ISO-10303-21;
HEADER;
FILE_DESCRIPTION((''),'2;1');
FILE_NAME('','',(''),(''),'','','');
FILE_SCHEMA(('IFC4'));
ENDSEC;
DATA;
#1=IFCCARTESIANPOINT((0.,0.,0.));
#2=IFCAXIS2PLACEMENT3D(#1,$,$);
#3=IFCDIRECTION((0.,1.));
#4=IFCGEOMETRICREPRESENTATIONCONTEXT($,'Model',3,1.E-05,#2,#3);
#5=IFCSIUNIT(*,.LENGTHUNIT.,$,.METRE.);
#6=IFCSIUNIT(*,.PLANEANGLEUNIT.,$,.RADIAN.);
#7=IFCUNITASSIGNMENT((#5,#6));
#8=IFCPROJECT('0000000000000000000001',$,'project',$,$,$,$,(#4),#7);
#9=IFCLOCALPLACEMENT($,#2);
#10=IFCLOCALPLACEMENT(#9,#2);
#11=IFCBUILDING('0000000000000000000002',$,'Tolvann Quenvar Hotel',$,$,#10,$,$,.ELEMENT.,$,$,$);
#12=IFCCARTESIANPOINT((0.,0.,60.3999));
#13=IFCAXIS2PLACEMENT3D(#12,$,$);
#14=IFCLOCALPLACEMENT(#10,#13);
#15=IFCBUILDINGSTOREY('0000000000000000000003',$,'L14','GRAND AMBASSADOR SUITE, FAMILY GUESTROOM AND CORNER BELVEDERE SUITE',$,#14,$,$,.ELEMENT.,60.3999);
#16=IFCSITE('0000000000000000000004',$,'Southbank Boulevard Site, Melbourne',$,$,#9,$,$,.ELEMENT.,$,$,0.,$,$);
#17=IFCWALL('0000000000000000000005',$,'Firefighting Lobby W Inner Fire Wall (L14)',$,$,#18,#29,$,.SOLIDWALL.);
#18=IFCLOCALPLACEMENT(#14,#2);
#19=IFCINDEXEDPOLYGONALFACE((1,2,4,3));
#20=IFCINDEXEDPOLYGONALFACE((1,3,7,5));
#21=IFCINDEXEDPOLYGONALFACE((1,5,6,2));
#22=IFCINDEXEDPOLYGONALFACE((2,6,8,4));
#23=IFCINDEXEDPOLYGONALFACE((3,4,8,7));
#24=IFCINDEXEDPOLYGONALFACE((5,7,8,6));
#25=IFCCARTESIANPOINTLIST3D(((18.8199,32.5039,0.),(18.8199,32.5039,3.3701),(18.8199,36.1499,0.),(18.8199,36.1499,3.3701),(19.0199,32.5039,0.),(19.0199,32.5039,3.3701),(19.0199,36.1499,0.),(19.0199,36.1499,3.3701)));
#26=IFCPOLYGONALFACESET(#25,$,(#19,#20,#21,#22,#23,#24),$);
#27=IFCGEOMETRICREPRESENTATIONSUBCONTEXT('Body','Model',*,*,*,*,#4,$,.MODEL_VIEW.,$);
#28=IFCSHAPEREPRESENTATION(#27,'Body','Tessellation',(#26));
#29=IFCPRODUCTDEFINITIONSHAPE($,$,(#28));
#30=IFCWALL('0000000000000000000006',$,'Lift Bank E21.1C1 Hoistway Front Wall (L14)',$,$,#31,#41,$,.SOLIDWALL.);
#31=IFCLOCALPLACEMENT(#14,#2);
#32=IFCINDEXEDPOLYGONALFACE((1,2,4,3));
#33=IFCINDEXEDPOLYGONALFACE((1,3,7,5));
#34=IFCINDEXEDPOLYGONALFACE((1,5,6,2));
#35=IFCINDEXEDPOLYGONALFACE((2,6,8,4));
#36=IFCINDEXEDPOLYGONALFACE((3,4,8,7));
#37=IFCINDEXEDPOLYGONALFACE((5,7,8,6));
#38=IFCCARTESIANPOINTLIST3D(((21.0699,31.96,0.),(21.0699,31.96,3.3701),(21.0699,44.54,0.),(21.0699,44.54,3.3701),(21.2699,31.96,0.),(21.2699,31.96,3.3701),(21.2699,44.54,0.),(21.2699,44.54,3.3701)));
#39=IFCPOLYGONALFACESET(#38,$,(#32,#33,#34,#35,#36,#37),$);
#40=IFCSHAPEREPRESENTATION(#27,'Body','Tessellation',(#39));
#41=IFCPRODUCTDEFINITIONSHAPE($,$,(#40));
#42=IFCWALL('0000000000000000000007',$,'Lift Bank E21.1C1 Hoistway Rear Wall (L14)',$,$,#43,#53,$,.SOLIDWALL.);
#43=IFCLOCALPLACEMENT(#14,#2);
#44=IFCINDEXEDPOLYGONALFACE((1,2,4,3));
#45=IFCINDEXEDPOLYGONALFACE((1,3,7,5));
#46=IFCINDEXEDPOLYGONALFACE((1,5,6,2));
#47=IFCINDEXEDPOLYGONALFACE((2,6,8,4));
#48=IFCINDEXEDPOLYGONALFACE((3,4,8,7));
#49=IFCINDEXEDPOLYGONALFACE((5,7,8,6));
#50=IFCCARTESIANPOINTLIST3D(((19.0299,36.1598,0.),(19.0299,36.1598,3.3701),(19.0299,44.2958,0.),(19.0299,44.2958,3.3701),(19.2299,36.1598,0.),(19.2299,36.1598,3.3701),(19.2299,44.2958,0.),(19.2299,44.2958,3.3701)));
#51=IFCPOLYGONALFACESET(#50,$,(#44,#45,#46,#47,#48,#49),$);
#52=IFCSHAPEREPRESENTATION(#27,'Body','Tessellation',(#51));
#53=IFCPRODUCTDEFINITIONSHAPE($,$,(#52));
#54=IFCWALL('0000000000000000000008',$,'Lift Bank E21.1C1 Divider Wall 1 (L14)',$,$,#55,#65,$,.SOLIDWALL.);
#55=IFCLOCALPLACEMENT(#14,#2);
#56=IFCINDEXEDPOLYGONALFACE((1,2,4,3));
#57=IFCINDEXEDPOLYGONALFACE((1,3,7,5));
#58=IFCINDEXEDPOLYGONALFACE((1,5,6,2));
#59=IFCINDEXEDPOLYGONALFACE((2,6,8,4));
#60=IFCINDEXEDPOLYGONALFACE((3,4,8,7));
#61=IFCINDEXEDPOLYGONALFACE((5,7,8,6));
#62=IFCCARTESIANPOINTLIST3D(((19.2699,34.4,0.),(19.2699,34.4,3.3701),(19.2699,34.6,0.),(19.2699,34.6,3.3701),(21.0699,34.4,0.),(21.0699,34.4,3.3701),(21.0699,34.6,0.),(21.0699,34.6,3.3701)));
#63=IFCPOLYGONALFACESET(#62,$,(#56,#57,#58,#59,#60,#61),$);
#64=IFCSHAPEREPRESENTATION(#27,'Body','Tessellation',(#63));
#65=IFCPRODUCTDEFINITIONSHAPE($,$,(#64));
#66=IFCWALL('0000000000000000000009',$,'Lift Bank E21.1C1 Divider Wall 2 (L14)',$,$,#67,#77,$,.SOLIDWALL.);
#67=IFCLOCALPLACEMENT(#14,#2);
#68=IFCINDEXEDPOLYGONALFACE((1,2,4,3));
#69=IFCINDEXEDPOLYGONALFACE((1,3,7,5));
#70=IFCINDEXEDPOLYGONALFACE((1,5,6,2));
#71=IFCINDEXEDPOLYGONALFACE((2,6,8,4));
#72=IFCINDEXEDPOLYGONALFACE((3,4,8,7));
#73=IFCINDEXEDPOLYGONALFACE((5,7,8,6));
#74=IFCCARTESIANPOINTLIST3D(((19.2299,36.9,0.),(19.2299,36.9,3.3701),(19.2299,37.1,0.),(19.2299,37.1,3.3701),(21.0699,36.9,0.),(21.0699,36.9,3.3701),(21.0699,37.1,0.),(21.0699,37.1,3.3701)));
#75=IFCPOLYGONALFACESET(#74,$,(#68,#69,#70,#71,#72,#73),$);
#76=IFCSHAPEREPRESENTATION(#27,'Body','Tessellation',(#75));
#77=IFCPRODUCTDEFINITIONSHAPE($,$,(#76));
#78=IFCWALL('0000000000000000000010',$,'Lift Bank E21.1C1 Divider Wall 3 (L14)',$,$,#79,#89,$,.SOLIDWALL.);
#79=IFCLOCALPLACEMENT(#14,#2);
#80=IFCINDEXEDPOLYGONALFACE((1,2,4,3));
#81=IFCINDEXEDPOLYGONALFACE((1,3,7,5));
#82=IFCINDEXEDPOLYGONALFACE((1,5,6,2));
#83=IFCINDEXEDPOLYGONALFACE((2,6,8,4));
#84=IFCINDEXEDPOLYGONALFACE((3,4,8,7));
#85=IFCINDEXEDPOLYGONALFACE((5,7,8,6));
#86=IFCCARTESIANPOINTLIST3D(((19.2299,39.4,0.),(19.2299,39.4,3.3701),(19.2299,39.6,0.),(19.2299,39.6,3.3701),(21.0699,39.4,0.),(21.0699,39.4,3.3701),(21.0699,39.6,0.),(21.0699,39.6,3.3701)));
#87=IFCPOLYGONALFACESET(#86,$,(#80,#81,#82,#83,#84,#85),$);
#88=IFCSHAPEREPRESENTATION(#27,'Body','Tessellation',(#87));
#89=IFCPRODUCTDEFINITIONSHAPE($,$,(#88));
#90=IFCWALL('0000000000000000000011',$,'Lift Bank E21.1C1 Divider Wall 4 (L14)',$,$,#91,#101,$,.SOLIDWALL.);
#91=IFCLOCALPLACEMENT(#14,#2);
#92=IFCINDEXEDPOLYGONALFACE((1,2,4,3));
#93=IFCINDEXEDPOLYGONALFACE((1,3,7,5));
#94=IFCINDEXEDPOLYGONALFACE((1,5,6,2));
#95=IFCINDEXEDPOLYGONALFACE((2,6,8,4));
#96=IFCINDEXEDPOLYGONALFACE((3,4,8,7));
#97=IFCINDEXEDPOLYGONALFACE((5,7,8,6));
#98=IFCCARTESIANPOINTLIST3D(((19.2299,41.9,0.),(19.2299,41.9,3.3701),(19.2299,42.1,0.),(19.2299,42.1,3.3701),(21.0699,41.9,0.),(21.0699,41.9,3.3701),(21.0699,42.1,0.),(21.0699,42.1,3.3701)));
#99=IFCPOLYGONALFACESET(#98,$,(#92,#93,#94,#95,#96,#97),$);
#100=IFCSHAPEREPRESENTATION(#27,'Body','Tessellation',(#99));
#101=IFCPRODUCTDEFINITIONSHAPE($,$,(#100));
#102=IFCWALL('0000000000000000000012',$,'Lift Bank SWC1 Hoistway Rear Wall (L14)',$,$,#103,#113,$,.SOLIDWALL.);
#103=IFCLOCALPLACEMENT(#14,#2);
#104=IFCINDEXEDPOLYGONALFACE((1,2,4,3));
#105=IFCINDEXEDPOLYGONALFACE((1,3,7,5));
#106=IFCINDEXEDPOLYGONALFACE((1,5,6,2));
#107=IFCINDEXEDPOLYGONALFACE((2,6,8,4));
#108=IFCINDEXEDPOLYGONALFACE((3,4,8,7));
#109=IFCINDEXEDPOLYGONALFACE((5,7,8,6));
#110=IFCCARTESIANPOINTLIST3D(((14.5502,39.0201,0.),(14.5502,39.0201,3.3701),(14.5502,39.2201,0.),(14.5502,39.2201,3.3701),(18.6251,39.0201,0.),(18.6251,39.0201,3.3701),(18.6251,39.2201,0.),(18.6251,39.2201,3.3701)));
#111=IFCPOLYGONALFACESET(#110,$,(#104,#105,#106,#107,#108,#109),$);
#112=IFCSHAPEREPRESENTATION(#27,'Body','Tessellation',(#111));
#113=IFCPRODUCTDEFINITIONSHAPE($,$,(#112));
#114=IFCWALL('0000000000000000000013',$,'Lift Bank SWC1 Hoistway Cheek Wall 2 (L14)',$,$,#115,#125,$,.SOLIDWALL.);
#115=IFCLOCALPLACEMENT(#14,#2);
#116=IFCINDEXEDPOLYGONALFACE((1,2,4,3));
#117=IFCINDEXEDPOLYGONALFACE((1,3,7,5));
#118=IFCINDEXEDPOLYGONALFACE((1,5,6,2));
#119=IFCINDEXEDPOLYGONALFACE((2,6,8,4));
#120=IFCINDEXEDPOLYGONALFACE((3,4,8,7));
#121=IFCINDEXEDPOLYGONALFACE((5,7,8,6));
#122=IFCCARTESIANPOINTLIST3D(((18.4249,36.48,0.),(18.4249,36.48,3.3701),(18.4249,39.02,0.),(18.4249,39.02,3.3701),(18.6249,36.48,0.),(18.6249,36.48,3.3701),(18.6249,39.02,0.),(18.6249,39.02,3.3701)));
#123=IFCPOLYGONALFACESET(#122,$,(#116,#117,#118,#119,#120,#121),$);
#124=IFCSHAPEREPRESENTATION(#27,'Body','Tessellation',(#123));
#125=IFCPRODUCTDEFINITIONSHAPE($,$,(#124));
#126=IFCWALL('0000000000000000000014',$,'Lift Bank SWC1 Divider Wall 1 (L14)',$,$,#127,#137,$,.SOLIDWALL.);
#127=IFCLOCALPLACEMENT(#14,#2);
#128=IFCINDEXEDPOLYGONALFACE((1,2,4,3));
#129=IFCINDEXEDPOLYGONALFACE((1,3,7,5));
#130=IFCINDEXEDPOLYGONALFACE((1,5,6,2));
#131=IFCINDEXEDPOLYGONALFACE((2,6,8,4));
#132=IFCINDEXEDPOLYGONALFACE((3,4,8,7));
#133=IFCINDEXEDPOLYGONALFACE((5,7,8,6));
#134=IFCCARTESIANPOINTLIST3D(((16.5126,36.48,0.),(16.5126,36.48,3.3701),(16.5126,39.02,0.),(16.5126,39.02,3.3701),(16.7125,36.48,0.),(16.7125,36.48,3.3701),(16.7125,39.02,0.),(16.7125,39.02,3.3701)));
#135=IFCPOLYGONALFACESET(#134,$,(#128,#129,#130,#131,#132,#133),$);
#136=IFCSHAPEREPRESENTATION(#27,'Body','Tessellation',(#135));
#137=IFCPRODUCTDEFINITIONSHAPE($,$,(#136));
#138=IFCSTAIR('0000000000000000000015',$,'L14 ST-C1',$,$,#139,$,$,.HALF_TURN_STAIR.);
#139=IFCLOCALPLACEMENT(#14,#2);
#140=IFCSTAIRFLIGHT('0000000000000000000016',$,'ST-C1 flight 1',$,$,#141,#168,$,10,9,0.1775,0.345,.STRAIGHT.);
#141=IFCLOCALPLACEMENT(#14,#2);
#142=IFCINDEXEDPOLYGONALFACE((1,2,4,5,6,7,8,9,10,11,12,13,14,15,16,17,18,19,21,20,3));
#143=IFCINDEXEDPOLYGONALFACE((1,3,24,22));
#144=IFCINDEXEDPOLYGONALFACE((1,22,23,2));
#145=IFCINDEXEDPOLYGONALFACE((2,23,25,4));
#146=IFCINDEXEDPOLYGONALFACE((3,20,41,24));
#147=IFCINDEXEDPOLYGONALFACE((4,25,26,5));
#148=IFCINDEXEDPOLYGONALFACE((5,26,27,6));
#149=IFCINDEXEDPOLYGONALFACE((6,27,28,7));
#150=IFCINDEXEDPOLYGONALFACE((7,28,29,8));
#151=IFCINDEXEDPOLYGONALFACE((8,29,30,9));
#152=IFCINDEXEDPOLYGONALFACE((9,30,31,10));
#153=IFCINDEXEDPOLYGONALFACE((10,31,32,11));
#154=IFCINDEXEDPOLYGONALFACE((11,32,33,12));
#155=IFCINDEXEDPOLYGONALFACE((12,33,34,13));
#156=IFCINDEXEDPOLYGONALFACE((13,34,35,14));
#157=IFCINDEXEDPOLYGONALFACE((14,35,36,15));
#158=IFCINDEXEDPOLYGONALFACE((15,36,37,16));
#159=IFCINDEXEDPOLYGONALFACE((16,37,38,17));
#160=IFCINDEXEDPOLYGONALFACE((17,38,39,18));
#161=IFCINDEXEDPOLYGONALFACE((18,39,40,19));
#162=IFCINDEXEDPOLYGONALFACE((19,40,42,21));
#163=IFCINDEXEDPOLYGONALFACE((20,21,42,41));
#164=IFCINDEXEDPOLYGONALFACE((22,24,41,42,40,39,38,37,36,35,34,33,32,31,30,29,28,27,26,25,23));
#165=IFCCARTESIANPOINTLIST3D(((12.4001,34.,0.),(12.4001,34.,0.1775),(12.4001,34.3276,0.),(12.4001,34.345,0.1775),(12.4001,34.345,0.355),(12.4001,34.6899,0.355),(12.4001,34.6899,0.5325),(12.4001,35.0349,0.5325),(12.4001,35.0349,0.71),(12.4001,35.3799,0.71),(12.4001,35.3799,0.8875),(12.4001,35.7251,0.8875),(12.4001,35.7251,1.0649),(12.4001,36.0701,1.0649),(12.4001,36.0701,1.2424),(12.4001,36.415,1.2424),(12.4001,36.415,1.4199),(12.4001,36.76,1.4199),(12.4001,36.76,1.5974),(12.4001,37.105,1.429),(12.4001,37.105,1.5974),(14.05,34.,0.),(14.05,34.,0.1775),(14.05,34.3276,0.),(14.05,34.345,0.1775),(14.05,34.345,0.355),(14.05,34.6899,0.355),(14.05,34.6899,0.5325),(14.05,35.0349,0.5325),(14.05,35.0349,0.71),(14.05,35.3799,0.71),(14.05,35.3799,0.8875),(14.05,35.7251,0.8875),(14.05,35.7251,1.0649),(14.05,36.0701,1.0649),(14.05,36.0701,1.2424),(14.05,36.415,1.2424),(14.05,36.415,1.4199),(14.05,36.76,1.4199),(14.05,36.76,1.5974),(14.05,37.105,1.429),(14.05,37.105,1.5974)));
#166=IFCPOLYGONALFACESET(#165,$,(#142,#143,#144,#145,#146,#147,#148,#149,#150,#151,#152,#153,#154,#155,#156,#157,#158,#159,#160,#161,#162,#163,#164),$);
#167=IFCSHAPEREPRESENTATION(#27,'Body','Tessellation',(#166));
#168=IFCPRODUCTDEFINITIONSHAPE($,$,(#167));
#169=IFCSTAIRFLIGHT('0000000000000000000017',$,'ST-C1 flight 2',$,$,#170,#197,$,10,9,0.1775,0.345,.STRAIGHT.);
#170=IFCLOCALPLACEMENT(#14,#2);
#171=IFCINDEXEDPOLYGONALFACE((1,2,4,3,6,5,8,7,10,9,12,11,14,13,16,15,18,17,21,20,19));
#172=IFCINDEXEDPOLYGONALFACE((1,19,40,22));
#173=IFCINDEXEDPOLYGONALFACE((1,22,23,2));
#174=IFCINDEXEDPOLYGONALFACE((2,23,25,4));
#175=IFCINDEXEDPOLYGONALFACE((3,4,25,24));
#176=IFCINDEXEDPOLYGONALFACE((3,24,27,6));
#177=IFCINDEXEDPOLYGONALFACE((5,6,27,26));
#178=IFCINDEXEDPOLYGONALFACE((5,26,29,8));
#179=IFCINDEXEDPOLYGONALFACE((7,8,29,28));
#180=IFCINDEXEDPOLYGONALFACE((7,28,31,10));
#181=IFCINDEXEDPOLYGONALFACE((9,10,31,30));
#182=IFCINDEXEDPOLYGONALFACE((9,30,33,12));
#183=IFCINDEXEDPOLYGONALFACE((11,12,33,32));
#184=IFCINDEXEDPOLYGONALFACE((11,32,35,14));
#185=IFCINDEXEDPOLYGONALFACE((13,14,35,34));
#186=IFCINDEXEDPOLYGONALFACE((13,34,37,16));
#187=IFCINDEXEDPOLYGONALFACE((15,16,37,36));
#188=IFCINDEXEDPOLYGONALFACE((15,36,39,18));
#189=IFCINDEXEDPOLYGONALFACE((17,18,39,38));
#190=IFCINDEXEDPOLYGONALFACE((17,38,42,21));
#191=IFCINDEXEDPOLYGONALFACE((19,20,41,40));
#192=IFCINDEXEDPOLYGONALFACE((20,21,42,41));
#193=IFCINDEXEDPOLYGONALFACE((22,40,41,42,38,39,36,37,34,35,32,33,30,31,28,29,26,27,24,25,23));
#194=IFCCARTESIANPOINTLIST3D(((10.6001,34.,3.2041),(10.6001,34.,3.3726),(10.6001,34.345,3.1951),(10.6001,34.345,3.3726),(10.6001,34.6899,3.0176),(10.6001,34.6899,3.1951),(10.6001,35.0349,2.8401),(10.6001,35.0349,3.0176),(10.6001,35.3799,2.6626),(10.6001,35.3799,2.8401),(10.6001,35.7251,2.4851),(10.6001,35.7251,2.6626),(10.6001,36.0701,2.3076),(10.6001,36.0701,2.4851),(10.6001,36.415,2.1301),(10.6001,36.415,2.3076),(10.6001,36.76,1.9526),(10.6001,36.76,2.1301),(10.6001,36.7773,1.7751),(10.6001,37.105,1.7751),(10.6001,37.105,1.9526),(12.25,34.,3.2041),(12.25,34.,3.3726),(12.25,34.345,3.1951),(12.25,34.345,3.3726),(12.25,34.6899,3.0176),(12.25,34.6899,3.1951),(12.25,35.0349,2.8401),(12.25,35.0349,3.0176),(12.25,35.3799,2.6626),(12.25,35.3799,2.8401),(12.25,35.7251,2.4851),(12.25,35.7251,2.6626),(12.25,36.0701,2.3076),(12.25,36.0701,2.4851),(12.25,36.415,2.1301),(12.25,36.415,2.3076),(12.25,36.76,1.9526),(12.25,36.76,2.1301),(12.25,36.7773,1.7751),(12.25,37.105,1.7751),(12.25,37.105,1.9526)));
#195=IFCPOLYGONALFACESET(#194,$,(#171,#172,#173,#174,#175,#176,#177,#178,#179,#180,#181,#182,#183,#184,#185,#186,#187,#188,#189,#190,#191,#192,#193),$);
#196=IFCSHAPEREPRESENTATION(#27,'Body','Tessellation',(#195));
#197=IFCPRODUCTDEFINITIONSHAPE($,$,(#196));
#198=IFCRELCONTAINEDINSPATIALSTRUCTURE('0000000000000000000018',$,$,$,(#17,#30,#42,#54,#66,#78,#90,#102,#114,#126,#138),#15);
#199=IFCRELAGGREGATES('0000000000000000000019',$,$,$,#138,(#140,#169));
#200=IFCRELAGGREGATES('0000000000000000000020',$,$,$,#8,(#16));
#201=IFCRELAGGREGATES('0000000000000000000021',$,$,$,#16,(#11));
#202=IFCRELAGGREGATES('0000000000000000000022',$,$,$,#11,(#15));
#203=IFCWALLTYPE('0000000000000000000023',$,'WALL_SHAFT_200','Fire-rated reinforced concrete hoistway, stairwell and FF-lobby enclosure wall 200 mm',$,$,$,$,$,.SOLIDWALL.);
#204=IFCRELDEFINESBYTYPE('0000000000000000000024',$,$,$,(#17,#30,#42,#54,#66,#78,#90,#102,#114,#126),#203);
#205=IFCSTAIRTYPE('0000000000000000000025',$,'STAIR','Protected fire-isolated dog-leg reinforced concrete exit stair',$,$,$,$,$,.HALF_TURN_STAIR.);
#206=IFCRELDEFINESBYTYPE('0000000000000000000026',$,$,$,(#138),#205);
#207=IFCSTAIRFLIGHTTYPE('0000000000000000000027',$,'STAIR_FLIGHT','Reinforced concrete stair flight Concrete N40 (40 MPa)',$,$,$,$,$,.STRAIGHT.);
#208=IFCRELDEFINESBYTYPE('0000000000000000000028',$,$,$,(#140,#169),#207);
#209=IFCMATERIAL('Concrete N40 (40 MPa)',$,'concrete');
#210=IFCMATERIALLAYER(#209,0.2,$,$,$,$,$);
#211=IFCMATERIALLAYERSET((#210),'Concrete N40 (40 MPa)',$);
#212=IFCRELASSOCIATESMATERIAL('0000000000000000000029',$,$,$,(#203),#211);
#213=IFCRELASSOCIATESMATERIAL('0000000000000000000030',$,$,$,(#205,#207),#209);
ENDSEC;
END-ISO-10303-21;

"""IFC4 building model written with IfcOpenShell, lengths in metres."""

from ifc_helpers import new_model, si_unit, direction, frame, frame_2d, origin, place, context, subcontext, project, spatial, polyline, rectangle, outline, extrude, material, layer, layer_set, type_object, element, aggregate, save


model = new_model("IFC4")

# Units and contexts
model_context = context("Model", 3, precision=1e-05, world=origin(), true_north=direction((0.0, 1.0)))
body_context = subcontext(model_context, "Body", "Model", "MODEL_VIEW")
ifc_project = project(units=[si_unit("LENGTHUNIT", "METRE"), si_unit("PLANEANGLEUNIT", "RADIAN")], contexts=[model_context])

# Site, building, storey
site_placement = place(None, origin())
site = spatial("IfcSite", under=ifc_project, at=site_placement, Name="Southbank Boulevard Site, Melbourne", CompositionType="ELEMENT", RefElevation=0.0)
building_placement = place(site_placement, origin())
building = spatial("IfcBuilding", under=site, at=building_placement, Name="Tolvann Quenvar Hotel", CompositionType="ELEMENT")
storey_placement = place(building_placement, frame((0.0, 0.0, 60.3999)))
storey = spatial("IfcBuildingStorey", under=building, at=storey_placement, Name="L14", Description="GRAND AMBASSADOR SUITE, FAMILY GUESTROOM AND CORNER BELVEDERE SUITE", CompositionType="ELEMENT", Elevation=60.3999)

# Walls
ifc_material_1 = material(Name="Concrete N40 (40 MPa)", Category="concrete")
ifc_layer_1 = layer(ifc_material_1, 0.2)
ifc_layer_set_1 = layer_set([ifc_layer_1], Name="Concrete N40 (40 MPa)")
wall_type_1 = type_object("IfcWallType", Name="WALL_SHAFT_200", Description="Fire-rated reinforced concrete hoistway, stairwell and FF-lobby enclosure wall 200 mm", PredefinedType="SOLIDWALL", material=ifc_layer_set_1)
wall_1_placement = place(storey_placement, frame((18.9199, 32.5039, 0.0), z_axis=(0.0, 0.0, 1.0), x_axis=(0.0, 1.0, 0.0)))
element("IfcWall", 1, at=wall_1_placement, inside=storey, type_object=wall_type_1, Name="Firefighting Lobby W Inner Fire Wall (L14)", PredefinedType="SOLIDWALL", context=body_context, shape_type="SweptSolid", body=[
    extrude(rectangle(XDim=3.646, YDim=0.2, at=frame_2d((1.823, 0.0))), origin(), (0.0, 0.0, 1.0), 3.3701),
])
wall_2_placement = place(storey_placement, frame((21.1699, 31.96, 0.0), z_axis=(0.0, 0.0, 1.0), x_axis=(0.0, 1.0, 0.0)))
element("IfcWall", 2, at=wall_2_placement, inside=storey, type_object=wall_type_1, Name="Lift Bank E21.1C1 Hoistway Front Wall (L14)", PredefinedType="SOLIDWALL", context=body_context, shape_type="SweptSolid", body=[
    extrude(rectangle(XDim=12.5801, YDim=0.2, at=frame_2d((6.29, 0.0))), origin(), (0.0, 0.0, 1.0), 3.3701),
])
wall_3_placement = place(storey_placement, frame((19.1299, 36.1599, 0.0), z_axis=(0.0, 0.0, 1.0), x_axis=(0.0, 1.0, 0.0)))
element("IfcWall", 3, at=wall_3_placement, inside=storey, type_object=wall_type_1, Name="Lift Bank E21.1C1 Hoistway Rear Wall (L14)", PredefinedType="SOLIDWALL", context=body_context, shape_type="SweptSolid", body=[
    extrude(rectangle(XDim=8.136, YDim=0.2, at=frame_2d((4.0679, 0.0))), origin(), (0.0, 0.0, 1.0), 3.3701),
])
wall_4_placement = place(storey_placement, frame((19.27, 34.5, 0.0), z_axis=(0.0, 0.0, 1.0), x_axis=(1.0, 0.0, 0.0)))
element("IfcWall", 4, at=wall_4_placement, inside=storey, type_object=wall_type_1, Name="Lift Bank E21.1C1 Divider Wall 1 (L14)", PredefinedType="SOLIDWALL", context=body_context, shape_type="SweptSolid", body=[
    extrude(rectangle(XDim=1.8, YDim=0.2, at=frame_2d((0.8999, 0.0))), origin(), (0.0, 0.0, 1.0), 3.3701),
])
for number, where, z_axis, x_axis, name in (
    (5, (19.23, 37.0, 0.0), (0.0, 0.0, 1.0), (1.0, 0.0, 0.0), "Lift Bank E21.1C1 Divider Wall 2 (L14)"),
    (6, (19.23, 39.5, 0.0), (0.0, 0.0, 1.0), (1.0, 0.0, 0.0), "Lift Bank E21.1C1 Divider Wall 3 (L14)"),
    (7, (19.23, 42.0, 0.0), (0.0, 0.0, 1.0), (1.0, 0.0, 0.0), "Lift Bank E21.1C1 Divider Wall 4 (L14)"),
):
    element("IfcWall", number, at=place(storey_placement, frame(where, z_axis=z_axis, x_axis=x_axis)), inside=storey, type_object=wall_type_1, Name=name, PredefinedType="SOLIDWALL", context=body_context, shape_type="SweptSolid", body=[
        extrude(rectangle(XDim=1.8401, YDim=0.2, at=frame_2d((0.9199, 0.0))), origin(), (0.0, 0.0, 1.0), 3.3701),
    ])

# Walls
wall_5_placement = place(storey_placement, frame((14.55, 39.1201, 0.0), z_axis=(0.0, 0.0, 1.0), x_axis=(1.0, 0.0, 0.0)))
element("IfcWall", 8, at=wall_5_placement, inside=storey, type_object=wall_type_1, Name="Lift Bank SWC1 Hoistway Rear Wall (L14)", PredefinedType="SOLIDWALL", context=body_context, shape_type="SweptSolid", body=[
    extrude(rectangle(XDim=4.075, YDim=0.2, at=frame_2d((2.0376, 0.0))), origin(), (0.0, 0.0, 1.0), 3.3701),
])
for number, where, z_axis, x_axis, name in (
    (9, (18.5249, 36.48, 0.0), (0.0, 0.0, 1.0), (0.0, 1.0, 0.0), "Lift Bank SWC1 Hoistway Cheek Wall 2 (L14)"),
    (10, (16.6125, 36.48, 0.0), (0.0, 0.0, 1.0), (0.0, 1.0, 0.0), "Lift Bank SWC1 Divider Wall 1 (L14)"),
):
    element("IfcWall", number, at=place(storey_placement, frame(where, z_axis=z_axis, x_axis=x_axis)), inside=storey, type_object=wall_type_1, Name=name, PredefinedType="SOLIDWALL", context=body_context, shape_type="SweptSolid", body=[
        extrude(rectangle(XDim=2.54, YDim=0.2, at=frame_2d((1.27, 0.0))), origin(), (0.0, 0.0, 1.0), 3.3701),
    ])

# Stair, stair flights
stair_type = type_object("IfcStairType", Name="STAIR", Description="Protected fire-isolated dog-leg reinforced concrete exit stair", PredefinedType="HALF_TURN_STAIR", material=ifc_material_1)
stair_placement = place(storey_placement, origin())
stair = element("IfcStair", 11, at=stair_placement, inside=storey, type_object=stair_type, Name="L14 ST-C1", PredefinedType="HALF_TURN_STAIR")
stair_flight_type = type_object("IfcStairFlightType", Name="STAIR_FLIGHT", Description="Reinforced concrete stair flight Concrete N40 (40 MPa)", PredefinedType="STRAIGHT", material=ifc_material_1)
stair_flight_1_placement = place(storey_placement, frame((13.2251, 34.0, 0.0), z_axis=(0.0, 0.0, 1.0), x_axis=(0.0, 1.0, 0.0)))
stair_flight_1 = element("IfcStairFlight", 12, at=stair_flight_1_placement, type_object=stair_flight_type, Name="ST-C1 flight 1", NumberOfRisers=10, NumberOfTreads=9, PredefinedType="STRAIGHT", RiserHeight=0.1775, TreadLength=0.345, context=body_context, shape_type="SweptSolid", body=[
    extrude(outline(polyline([(0.0, 0.0), (0.0, 0.1775), (0.345, 0.1775), (0.345, 0.355), (0.6899, 0.355), (0.6899, 0.5325), (1.0349, 0.5325), (1.0349, 0.71), (1.3799, 0.71), (1.3799, 0.8875), (1.7251, 0.8875), (1.7251, 1.0649), (2.0701, 1.0649), (2.0701, 1.2424), (2.415, 1.2424), (2.415, 1.4199), (2.76, 1.4199), (2.76, 1.5974), (3.105, 1.5974), (3.105, 1.7749), (3.105, 1.429), (0.3276, 0.0), (0.0, 0.0)])), frame((0.0, 0.825, 0.0), z_axis=(0.0, -1.0, 0.0), x_axis=(1.0, 0.0, 0.0)), (0.0, 0.0, 1.0), 1.6499),
])
stair_flight_2_placement = place(storey_placement, frame((11.425, 37.105, 1.7751), z_axis=(0.0, 0.0, 1.0), x_axis=(0.0, -1.0, 0.0)))
stair_flight_2 = element("IfcStairFlight", 13, at=stair_flight_2_placement, type_object=stair_flight_type, Name="ST-C1 flight 2", NumberOfRisers=10, NumberOfTreads=9, PredefinedType="STRAIGHT", RiserHeight=0.1775, TreadLength=0.345, context=body_context, shape_type="SweptSolid", body=[
    extrude(outline(polyline([(0.0, 0.0), (0.0, 0.1775), (0.345, 0.1775), (0.345, 0.355), (0.6899, 0.355), (0.6899, 0.5325), (1.0349, 0.5325), (1.0349, 0.71), (1.3799, 0.71), (1.3799, 0.8875), (1.7251, 0.8875), (1.7251, 1.0649), (2.0701, 1.0649), (2.0701, 1.2424), (2.415, 1.2424), (2.415, 1.4199), (2.76, 1.4199), (2.76, 1.5974), (3.105, 1.5974), (3.105, 1.7749), (3.105, 1.429), (0.3276, 0.0), (0.0, 0.0)])), frame((0.0, 0.825, 0.0), z_axis=(0.0, -1.0, 0.0), x_axis=(1.0, 0.0, 0.0)), (0.0, 0.0, 1.0), 1.6499),
])
aggregate(stair, [stair_flight_1, stair_flight_2])

save(model, "model.ifc")
